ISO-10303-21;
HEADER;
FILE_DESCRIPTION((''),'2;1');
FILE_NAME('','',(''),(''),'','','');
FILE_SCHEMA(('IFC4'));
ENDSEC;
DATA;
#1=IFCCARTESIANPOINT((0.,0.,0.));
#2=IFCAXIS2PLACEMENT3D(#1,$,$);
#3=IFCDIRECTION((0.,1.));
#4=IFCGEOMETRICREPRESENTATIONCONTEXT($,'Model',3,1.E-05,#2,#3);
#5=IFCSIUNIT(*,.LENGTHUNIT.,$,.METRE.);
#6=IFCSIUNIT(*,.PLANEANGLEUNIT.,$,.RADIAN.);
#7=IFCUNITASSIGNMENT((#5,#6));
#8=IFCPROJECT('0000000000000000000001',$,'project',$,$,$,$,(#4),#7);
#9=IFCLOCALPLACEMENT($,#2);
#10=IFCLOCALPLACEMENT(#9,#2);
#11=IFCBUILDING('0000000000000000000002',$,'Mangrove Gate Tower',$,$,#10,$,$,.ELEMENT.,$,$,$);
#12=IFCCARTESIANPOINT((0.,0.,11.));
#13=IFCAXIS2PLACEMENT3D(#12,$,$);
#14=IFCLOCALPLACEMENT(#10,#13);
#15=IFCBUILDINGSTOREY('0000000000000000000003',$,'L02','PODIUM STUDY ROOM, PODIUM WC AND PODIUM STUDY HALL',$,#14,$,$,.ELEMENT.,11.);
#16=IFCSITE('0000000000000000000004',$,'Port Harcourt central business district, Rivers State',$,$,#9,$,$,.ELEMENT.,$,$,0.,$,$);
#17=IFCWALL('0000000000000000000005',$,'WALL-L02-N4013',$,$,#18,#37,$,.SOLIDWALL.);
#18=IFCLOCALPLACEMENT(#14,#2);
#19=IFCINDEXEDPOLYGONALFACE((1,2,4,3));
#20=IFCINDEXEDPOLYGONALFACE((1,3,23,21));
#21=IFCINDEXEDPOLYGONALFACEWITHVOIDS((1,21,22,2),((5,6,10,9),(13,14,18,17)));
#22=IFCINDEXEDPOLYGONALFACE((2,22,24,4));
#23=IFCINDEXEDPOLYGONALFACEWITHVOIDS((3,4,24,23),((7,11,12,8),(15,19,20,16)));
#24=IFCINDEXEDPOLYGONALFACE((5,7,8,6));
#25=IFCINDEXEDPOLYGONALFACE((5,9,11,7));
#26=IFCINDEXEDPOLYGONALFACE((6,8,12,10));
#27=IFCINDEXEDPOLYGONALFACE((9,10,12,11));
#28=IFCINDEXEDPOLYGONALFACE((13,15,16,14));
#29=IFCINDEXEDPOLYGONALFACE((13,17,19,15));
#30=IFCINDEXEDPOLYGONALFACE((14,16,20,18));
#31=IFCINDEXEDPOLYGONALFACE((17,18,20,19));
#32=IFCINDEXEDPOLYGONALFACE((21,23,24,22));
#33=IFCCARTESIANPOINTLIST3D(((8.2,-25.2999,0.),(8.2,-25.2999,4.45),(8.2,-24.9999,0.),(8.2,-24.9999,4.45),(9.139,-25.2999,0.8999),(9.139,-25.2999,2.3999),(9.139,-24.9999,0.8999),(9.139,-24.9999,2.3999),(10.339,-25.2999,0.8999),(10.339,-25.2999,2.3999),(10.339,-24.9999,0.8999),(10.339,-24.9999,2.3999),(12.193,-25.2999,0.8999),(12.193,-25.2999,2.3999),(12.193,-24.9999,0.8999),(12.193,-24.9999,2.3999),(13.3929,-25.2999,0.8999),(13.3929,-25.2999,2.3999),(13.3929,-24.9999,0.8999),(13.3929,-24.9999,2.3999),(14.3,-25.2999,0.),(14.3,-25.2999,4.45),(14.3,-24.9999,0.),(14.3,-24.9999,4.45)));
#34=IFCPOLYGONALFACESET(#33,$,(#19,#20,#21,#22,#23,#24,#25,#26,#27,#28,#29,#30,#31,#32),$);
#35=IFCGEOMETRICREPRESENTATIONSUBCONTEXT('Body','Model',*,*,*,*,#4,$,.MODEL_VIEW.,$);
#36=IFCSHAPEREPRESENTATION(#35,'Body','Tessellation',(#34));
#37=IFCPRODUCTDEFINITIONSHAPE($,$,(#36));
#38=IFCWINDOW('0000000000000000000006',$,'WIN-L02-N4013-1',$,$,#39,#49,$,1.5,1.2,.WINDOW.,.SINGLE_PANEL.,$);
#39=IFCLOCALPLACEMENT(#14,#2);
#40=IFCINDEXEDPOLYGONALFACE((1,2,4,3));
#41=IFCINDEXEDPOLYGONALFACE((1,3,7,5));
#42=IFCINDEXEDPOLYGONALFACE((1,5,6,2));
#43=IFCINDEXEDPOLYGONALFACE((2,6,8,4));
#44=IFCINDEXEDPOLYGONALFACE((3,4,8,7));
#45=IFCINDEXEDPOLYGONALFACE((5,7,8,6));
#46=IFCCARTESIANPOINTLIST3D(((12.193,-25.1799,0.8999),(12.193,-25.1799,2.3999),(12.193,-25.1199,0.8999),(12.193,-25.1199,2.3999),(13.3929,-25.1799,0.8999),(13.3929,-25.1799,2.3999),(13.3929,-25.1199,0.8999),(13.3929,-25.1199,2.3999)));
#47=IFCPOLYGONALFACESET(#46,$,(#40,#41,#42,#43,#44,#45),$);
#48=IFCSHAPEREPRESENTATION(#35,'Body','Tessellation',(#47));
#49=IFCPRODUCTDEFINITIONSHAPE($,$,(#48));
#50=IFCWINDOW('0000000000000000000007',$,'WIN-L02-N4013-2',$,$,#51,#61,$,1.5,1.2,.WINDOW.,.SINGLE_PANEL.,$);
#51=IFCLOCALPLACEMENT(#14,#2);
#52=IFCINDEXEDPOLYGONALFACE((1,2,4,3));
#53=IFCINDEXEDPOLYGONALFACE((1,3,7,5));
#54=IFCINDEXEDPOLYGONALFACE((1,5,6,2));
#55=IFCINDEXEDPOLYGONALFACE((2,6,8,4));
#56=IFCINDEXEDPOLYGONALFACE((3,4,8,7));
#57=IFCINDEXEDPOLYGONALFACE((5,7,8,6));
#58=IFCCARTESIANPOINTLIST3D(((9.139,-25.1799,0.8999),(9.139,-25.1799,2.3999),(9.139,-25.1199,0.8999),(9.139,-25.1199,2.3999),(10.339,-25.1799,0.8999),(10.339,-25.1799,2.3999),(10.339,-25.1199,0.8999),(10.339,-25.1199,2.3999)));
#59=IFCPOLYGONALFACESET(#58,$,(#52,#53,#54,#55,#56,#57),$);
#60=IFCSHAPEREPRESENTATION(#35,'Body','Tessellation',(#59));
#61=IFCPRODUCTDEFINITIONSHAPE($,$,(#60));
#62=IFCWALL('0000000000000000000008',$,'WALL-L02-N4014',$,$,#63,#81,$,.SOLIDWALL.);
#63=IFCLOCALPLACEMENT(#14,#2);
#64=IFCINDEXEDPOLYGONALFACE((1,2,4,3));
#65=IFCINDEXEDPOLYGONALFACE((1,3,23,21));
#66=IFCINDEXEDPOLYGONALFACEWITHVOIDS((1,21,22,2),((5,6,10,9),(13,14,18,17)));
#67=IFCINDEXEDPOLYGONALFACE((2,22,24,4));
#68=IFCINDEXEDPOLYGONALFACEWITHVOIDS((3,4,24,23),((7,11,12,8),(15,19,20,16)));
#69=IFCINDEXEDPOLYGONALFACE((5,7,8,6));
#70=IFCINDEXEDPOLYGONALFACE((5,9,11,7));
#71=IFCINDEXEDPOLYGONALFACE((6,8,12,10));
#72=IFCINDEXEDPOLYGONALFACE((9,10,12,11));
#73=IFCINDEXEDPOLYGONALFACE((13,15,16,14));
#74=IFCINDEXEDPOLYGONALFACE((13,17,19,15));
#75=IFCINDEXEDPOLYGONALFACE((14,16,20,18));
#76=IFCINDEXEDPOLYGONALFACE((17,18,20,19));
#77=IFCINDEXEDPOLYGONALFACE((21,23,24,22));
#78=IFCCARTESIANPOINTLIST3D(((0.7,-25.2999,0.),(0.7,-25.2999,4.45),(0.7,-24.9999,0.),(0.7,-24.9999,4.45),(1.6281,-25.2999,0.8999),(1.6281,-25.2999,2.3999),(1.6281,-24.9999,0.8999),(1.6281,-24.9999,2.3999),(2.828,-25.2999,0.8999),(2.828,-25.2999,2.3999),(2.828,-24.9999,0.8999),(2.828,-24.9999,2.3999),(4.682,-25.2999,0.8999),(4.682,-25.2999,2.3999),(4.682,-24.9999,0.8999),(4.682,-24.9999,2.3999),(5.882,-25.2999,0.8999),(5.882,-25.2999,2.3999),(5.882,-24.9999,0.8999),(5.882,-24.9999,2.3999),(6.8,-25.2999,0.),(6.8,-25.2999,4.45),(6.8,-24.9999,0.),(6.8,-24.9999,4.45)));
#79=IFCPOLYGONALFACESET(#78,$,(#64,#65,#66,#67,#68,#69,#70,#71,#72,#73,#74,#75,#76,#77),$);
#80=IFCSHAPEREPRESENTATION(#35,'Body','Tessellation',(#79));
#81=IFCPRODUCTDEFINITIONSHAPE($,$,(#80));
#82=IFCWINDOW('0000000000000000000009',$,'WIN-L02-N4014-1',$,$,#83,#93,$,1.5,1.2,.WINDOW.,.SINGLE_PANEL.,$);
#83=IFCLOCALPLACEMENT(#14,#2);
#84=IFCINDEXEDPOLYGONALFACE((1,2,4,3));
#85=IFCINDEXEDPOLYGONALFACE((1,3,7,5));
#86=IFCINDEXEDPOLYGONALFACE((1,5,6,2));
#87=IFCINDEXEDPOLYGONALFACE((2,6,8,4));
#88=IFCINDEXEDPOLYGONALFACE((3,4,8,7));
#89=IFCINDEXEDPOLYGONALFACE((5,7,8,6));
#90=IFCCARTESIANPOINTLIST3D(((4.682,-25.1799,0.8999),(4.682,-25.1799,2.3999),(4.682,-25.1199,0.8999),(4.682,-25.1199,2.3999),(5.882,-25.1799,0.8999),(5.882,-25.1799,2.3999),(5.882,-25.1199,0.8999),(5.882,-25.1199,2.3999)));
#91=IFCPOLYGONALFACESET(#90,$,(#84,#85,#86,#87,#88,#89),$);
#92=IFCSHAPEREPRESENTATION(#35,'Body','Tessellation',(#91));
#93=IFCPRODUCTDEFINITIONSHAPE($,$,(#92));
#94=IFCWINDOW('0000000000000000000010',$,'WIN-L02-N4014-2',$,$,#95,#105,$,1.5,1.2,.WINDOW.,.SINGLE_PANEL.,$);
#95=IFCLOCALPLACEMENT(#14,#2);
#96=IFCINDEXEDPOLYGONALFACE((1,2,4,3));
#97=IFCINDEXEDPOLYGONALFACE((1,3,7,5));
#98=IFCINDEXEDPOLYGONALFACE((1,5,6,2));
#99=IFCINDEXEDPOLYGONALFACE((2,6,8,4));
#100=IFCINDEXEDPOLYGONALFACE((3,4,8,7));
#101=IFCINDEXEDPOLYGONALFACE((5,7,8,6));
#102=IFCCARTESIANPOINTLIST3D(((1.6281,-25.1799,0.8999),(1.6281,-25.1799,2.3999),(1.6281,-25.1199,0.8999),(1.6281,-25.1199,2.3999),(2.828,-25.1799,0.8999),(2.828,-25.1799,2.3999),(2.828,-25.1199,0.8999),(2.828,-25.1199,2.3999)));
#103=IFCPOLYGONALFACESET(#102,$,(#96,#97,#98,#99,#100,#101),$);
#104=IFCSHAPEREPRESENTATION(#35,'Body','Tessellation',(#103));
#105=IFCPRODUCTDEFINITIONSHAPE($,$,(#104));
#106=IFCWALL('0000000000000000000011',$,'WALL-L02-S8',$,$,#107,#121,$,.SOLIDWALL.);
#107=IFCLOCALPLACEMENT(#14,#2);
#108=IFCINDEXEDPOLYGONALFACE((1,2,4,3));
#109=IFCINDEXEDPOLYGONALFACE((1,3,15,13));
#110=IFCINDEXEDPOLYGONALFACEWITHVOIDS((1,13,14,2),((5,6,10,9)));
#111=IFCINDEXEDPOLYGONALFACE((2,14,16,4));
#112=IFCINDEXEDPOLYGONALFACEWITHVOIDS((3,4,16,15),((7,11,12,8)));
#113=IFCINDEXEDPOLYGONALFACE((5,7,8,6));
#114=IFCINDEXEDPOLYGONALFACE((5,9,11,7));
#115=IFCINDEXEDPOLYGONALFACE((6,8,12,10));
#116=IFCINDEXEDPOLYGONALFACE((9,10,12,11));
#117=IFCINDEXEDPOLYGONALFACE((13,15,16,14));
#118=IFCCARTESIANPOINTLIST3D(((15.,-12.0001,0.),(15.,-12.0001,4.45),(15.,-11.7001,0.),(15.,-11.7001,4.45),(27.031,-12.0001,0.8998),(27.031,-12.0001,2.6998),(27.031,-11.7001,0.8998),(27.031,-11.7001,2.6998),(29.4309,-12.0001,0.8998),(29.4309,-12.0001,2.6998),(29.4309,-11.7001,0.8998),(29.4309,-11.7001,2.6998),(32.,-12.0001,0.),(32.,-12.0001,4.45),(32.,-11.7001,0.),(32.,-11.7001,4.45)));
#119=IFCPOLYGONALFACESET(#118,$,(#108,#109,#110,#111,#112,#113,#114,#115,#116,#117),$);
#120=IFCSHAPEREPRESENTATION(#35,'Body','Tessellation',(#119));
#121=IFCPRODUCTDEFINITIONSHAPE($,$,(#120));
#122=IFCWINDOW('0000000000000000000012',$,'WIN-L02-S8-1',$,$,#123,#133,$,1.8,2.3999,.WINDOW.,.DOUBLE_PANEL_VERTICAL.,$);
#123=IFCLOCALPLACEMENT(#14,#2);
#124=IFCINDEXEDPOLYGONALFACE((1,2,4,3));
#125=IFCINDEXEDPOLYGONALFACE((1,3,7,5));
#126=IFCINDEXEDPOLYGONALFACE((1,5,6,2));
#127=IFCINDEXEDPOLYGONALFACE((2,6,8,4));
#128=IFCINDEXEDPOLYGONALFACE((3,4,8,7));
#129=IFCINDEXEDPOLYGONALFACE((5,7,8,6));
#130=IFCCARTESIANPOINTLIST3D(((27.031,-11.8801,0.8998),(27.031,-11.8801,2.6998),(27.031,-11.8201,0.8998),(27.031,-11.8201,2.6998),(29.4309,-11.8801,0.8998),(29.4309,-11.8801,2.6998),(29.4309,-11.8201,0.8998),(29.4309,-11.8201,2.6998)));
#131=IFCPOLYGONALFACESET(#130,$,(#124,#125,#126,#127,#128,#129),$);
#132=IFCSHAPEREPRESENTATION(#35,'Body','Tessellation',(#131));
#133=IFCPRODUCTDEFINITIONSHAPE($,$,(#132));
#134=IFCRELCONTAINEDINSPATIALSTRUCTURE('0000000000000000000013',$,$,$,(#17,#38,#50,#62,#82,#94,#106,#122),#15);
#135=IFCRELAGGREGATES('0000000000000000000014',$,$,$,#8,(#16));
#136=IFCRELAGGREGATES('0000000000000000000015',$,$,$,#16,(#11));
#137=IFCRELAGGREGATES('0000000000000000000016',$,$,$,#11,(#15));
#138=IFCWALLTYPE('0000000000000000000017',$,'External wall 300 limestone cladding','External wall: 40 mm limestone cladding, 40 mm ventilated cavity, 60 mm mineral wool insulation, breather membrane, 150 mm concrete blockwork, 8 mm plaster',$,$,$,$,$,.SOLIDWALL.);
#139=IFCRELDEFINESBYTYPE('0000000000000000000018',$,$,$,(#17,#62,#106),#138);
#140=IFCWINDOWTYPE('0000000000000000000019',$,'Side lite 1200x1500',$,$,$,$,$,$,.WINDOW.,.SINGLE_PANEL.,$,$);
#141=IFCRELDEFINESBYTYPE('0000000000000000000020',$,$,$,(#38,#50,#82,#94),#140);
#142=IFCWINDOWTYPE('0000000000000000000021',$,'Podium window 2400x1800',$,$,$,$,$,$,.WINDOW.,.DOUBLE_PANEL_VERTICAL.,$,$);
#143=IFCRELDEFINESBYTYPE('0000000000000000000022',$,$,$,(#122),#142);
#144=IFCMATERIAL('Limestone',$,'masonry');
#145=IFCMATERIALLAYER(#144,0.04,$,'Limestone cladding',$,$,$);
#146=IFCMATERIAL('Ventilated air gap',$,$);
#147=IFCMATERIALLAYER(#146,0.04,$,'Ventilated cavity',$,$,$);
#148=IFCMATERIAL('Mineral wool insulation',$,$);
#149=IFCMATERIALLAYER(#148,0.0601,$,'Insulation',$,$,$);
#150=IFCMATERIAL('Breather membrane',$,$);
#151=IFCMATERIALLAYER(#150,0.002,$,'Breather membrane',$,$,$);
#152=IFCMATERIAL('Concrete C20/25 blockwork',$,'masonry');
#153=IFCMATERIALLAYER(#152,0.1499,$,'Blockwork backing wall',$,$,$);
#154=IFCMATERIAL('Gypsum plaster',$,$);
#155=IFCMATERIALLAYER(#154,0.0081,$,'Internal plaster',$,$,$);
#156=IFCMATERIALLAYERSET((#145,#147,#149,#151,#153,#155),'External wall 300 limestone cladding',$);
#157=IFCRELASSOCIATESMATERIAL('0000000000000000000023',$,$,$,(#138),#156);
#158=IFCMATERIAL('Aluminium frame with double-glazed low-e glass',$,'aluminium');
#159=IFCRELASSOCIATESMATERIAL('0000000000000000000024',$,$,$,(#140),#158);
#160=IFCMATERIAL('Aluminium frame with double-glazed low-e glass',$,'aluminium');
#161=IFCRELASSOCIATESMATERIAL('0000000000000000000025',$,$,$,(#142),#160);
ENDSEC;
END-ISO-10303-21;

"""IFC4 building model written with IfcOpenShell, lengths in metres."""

from ifc_helpers import new_model, si_unit, direction, frame, frame_2d, origin, place, context, subcontext, project, spatial, rectangle, extrude, material, layer, layer_set, type_object, element, fill, save


model = new_model("IFC4")

# Units and contexts
model_context = context("Model", 3, precision=1e-05, world=origin(), true_north=direction((0.0, 1.0)))
body_context = subcontext(model_context, "Body", "Model", "MODEL_VIEW")
ifc_project = project(units=[si_unit("LENGTHUNIT", "METRE"), si_unit("PLANEANGLEUNIT", "RADIAN")], contexts=[model_context])

# Site, building, storey
site_placement = place(None, origin())
site = spatial("IfcSite", under=ifc_project, at=site_placement, Name="Port Harcourt central business district, Rivers State", CompositionType="ELEMENT", RefElevation=0.0)
building_placement = place(site_placement, origin())
building = spatial("IfcBuilding", under=site, at=building_placement, Name="Mangrove Gate Tower", CompositionType="ELEMENT")
storey_placement = place(building_placement, frame((0.0, 0.0, 11.0)))
storey = spatial("IfcBuildingStorey", under=building, at=storey_placement, Name="L02", Description="PODIUM STUDY ROOM, PODIUM WC AND PODIUM STUDY HALL", CompositionType="ELEMENT", Elevation=11.0)

# Walls, openings, windows
ifc_material_1 = material(Name="Limestone", Category="masonry")
ifc_layer_1 = layer(ifc_material_1, 0.04, Name="Limestone cladding")
ifc_material_2 = material(Name="Ventilated air gap")
ifc_layer_2 = layer(ifc_material_2, 0.04, Name="Ventilated cavity")
ifc_material_3 = material(Name="Mineral wool insulation")
ifc_layer_3 = layer(ifc_material_3, 0.0601, Name="Insulation")
ifc_material_4 = material(Name="Breather membrane")
ifc_layer_4 = layer(ifc_material_4, 0.002, Name="Breather membrane")
ifc_material_5 = material(Name="Concrete C20/25 blockwork", Category="masonry")
ifc_layer_5 = layer(ifc_material_5, 0.1499, Name="Blockwork backing wall")
ifc_material_6 = material(Name="Gypsum plaster")
ifc_layer_6 = layer(ifc_material_6, 0.0081, Name="Internal plaster")
ifc_layer_set_1 = layer_set([ifc_layer_1, ifc_layer_2, ifc_layer_3, ifc_layer_4, ifc_layer_5, ifc_layer_6], Name="External wall 300 limestone cladding")
wall_type_1 = type_object("IfcWallType", Name="External wall 300 limestone cladding", Description="External wall: 40 mm limestone cladding, 40 mm ventilated cavity, 60 mm mineral wool insulation, breather membrane, 150 mm concrete blockwork, 8 mm plaster", PredefinedType="SOLIDWALL", material=ifc_layer_set_1)
wall_1_placement = place(storey_placement, frame((14.3, -25.1499, 0.0), z_axis=(0.0, 0.0, 1.0), x_axis=(-1.0, 0.0, 0.0)))
wall_1 = element("IfcWall", 1, at=wall_1_placement, inside=storey, type_object=wall_type_1, Name="WALL-L02-N4013", PredefinedType="SOLIDWALL", context=body_context, shape_type="SweptSolid", body=[
    extrude(rectangle(XDim=6.1001, YDim=0.3, at=frame_2d((3.05, 0.0))), origin(), (0.0, 0.0, 1.0), 4.45),
])
opening_1_placement = place(wall_1_placement, frame((0.907, 0.0, 0.8999)))
opening_1 = element("IfcOpeningElement", 2, at=opening_1_placement, cuts=wall_1, PredefinedType="OPENING", context=body_context, shape_type="SweptSolid", body=[
    extrude(rectangle(XDim=1.2, YDim=1.5, at=frame_2d((0.6001, 0.75))), frame((0.0, 0.1599, 0.0), z_axis=(0.0, -1.0, 0.0), x_axis=(1.0, 0.0, 0.0)), (0.0, 0.0, 1.0), 0.3201),
])
opening_2_placement = place(wall_1_placement, frame((3.9609, 0.0, 0.8999)))
opening_2 = element("IfcOpeningElement", 3, at=opening_2_placement, cuts=wall_1, PredefinedType="OPENING", context=body_context, shape_type="SweptSolid", body=[
    extrude(rectangle(XDim=1.2, YDim=1.5, at=frame_2d((0.6001, 0.75))), frame((0.0, 0.1599, 0.0), z_axis=(0.0, -1.0, 0.0), x_axis=(1.0, 0.0, 0.0)), (0.0, 0.0, 1.0), 0.3201),
])
ifc_material_7 = material(Name="Aluminium frame with double-glazed low-e glass", Category="aluminium")
window_type_1 = type_object("IfcWindowType", Name="Side lite 1200x1500", PartitioningType="SINGLE_PANEL", PredefinedType="WINDOW", material=ifc_material_7)
window_1_placement = place(opening_1_placement, origin())
window_1 = element("IfcWindow", 4, at=window_1_placement, inside=storey, type_object=window_type_1, Name="WIN-L02-N4013-1", OverallHeight=1.5, OverallWidth=1.2, PartitioningType="SINGLE_PANEL", PredefinedType="WINDOW", context=body_context, shape_type="SweptSolid", body=[
    extrude(rectangle(XDim=1.2, YDim=1.5, at=frame_2d((0.6001, 0.75))), frame((0.0, 0.03, 0.0), z_axis=(0.0, -1.0, 0.0), x_axis=(1.0, 0.0, 0.0)), (0.0, 0.0, 1.0), 0.0601),
])
fill(opening_1, window_1)
window_2_placement = place(opening_2_placement, origin())
window_2 = element("IfcWindow", 5, at=window_2_placement, inside=storey, type_object=window_type_1, Name="WIN-L02-N4013-2", OverallHeight=1.5, OverallWidth=1.2, PartitioningType="SINGLE_PANEL", PredefinedType="WINDOW", context=body_context, shape_type="SweptSolid", body=[
    extrude(rectangle(XDim=1.2, YDim=1.5, at=frame_2d((0.6001, 0.75))), frame((0.0, 0.03, 0.0), z_axis=(0.0, -1.0, 0.0), x_axis=(1.0, 0.0, 0.0)), (0.0, 0.0, 1.0), 0.0601),
])
fill(opening_2, window_2)
wall_2_placement = place(storey_placement, frame((6.8, -25.1499, 0.0), z_axis=(0.0, 0.0, 1.0), x_axis=(-1.0, 0.0, 0.0)))
wall_2 = element("IfcWall", 6, at=wall_2_placement, inside=storey, type_object=wall_type_1, Name="WALL-L02-N4014", PredefinedType="SOLIDWALL", context=body_context, shape_type="SweptSolid", body=[
    extrude(rectangle(XDim=6.1001, YDim=0.3, at=frame_2d((3.05, 0.0))), origin(), (0.0, 0.0, 1.0), 4.45),
])
opening_3_placement = place(wall_2_placement, frame((0.918, 0.0, 0.8999)))
opening_3 = element("IfcOpeningElement", 7, at=opening_3_placement, cuts=wall_2, PredefinedType="OPENING", context=body_context, shape_type="SweptSolid", body=[
    extrude(rectangle(XDim=1.2, YDim=1.5, at=frame_2d((0.6001, 0.75))), frame((0.0, 0.1599, 0.0), z_axis=(0.0, -1.0, 0.0), x_axis=(1.0, 0.0, 0.0)), (0.0, 0.0, 1.0), 0.3201),
])
opening_4_placement = place(wall_2_placement, frame((3.9719, 0.0, 0.8999)))
opening_4 = element("IfcOpeningElement", 8, at=opening_4_placement, cuts=wall_2, PredefinedType="OPENING", context=body_context, shape_type="SweptSolid", body=[
    extrude(rectangle(XDim=1.2, YDim=1.5, at=frame_2d((0.6001, 0.75))), frame((0.0, 0.1599, 0.0), z_axis=(0.0, -1.0, 0.0), x_axis=(1.0, 0.0, 0.0)), (0.0, 0.0, 1.0), 0.3201),
])
window_3_placement = place(opening_3_placement, origin())
window_3 = element("IfcWindow", 9, at=window_3_placement, inside=storey, type_object=window_type_1, Name="WIN-L02-N4014-1", OverallHeight=1.5, OverallWidth=1.2, PartitioningType="SINGLE_PANEL", PredefinedType="WINDOW", context=body_context, shape_type="SweptSolid", body=[
    extrude(rectangle(XDim=1.2, YDim=1.5, at=frame_2d((0.6001, 0.75))), frame((0.0, 0.03, 0.0), z_axis=(0.0, -1.0, 0.0), x_axis=(1.0, 0.0, 0.0)), (0.0, 0.0, 1.0), 0.0601),
])
fill(opening_3, window_3)
window_4_placement = place(opening_4_placement, origin())
window_4 = element("IfcWindow", 10, at=window_4_placement, inside=storey, type_object=window_type_1, Name="WIN-L02-N4014-2", OverallHeight=1.5, OverallWidth=1.2, PartitioningType="SINGLE_PANEL", PredefinedType="WINDOW", context=body_context, shape_type="SweptSolid", body=[
    extrude(rectangle(XDim=1.2, YDim=1.5, at=frame_2d((0.6001, 0.75))), frame((0.0, 0.03, 0.0), z_axis=(0.0, -1.0, 0.0), x_axis=(1.0, 0.0, 0.0)), (0.0, 0.0, 1.0), 0.0601),
])
fill(opening_4, window_4)

# Wall, opening, window
wall_3_placement = place(storey_placement, frame((15.0, -11.8501, 0.0), z_axis=(0.0, 0.0, 1.0), x_axis=(1.0, 0.0, 0.0)))
wall_3 = element("IfcWall", 11, at=wall_3_placement, inside=storey, type_object=wall_type_1, Name="WALL-L02-S8", PredefinedType="SOLIDWALL", context=body_context, shape_type="SweptSolid", body=[
    extrude(rectangle(XDim=17.0, YDim=0.3, at=frame_2d((8.5, 0.0))), origin(), (0.0, 0.0, 1.0), 4.45),
])
opening_5_placement = place(wall_3_placement, frame((12.031, 0.0, 0.8999)))
opening_5 = element("IfcOpeningElement", 12, at=opening_5_placement, cuts=wall_3, PredefinedType="OPENING", context=body_context, shape_type="SweptSolid", body=[
    extrude(rectangle(XDim=2.3999, YDim=1.8, at=frame_2d((1.2, 0.8999))), frame((0.0, 0.1599, 0.0), z_axis=(0.0, -1.0, 0.0), x_axis=(1.0, 0.0, 0.0)), (0.0, 0.0, 1.0), 0.3201),
])
ifc_material_8 = material(Name="Aluminium frame with double-glazed low-e glass", Category="aluminium")
window_type_2 = type_object("IfcWindowType", Name="Podium window 2400x1800", PartitioningType="DOUBLE_PANEL_VERTICAL", PredefinedType="WINDOW", material=ifc_material_8)
window_5_placement = place(opening_5_placement, origin())
window_5 = element("IfcWindow", 13, at=window_5_placement, inside=storey, type_object=window_type_2, Name="WIN-L02-S8-1", OverallHeight=1.8, OverallWidth=2.3999, PartitioningType="DOUBLE_PANEL_VERTICAL", PredefinedType="WINDOW", context=body_context, shape_type="SweptSolid", body=[
    extrude(rectangle(XDim=2.3999, YDim=1.8, at=frame_2d((1.2, 0.8999))), frame((0.0, 0.03, 0.0), z_axis=(0.0, -1.0, 0.0), x_axis=(1.0, 0.0, 0.0)), (0.0, 0.0, 1.0), 0.0601),
])
fill(opening_5, window_5)

save(model, "model.ifc")
